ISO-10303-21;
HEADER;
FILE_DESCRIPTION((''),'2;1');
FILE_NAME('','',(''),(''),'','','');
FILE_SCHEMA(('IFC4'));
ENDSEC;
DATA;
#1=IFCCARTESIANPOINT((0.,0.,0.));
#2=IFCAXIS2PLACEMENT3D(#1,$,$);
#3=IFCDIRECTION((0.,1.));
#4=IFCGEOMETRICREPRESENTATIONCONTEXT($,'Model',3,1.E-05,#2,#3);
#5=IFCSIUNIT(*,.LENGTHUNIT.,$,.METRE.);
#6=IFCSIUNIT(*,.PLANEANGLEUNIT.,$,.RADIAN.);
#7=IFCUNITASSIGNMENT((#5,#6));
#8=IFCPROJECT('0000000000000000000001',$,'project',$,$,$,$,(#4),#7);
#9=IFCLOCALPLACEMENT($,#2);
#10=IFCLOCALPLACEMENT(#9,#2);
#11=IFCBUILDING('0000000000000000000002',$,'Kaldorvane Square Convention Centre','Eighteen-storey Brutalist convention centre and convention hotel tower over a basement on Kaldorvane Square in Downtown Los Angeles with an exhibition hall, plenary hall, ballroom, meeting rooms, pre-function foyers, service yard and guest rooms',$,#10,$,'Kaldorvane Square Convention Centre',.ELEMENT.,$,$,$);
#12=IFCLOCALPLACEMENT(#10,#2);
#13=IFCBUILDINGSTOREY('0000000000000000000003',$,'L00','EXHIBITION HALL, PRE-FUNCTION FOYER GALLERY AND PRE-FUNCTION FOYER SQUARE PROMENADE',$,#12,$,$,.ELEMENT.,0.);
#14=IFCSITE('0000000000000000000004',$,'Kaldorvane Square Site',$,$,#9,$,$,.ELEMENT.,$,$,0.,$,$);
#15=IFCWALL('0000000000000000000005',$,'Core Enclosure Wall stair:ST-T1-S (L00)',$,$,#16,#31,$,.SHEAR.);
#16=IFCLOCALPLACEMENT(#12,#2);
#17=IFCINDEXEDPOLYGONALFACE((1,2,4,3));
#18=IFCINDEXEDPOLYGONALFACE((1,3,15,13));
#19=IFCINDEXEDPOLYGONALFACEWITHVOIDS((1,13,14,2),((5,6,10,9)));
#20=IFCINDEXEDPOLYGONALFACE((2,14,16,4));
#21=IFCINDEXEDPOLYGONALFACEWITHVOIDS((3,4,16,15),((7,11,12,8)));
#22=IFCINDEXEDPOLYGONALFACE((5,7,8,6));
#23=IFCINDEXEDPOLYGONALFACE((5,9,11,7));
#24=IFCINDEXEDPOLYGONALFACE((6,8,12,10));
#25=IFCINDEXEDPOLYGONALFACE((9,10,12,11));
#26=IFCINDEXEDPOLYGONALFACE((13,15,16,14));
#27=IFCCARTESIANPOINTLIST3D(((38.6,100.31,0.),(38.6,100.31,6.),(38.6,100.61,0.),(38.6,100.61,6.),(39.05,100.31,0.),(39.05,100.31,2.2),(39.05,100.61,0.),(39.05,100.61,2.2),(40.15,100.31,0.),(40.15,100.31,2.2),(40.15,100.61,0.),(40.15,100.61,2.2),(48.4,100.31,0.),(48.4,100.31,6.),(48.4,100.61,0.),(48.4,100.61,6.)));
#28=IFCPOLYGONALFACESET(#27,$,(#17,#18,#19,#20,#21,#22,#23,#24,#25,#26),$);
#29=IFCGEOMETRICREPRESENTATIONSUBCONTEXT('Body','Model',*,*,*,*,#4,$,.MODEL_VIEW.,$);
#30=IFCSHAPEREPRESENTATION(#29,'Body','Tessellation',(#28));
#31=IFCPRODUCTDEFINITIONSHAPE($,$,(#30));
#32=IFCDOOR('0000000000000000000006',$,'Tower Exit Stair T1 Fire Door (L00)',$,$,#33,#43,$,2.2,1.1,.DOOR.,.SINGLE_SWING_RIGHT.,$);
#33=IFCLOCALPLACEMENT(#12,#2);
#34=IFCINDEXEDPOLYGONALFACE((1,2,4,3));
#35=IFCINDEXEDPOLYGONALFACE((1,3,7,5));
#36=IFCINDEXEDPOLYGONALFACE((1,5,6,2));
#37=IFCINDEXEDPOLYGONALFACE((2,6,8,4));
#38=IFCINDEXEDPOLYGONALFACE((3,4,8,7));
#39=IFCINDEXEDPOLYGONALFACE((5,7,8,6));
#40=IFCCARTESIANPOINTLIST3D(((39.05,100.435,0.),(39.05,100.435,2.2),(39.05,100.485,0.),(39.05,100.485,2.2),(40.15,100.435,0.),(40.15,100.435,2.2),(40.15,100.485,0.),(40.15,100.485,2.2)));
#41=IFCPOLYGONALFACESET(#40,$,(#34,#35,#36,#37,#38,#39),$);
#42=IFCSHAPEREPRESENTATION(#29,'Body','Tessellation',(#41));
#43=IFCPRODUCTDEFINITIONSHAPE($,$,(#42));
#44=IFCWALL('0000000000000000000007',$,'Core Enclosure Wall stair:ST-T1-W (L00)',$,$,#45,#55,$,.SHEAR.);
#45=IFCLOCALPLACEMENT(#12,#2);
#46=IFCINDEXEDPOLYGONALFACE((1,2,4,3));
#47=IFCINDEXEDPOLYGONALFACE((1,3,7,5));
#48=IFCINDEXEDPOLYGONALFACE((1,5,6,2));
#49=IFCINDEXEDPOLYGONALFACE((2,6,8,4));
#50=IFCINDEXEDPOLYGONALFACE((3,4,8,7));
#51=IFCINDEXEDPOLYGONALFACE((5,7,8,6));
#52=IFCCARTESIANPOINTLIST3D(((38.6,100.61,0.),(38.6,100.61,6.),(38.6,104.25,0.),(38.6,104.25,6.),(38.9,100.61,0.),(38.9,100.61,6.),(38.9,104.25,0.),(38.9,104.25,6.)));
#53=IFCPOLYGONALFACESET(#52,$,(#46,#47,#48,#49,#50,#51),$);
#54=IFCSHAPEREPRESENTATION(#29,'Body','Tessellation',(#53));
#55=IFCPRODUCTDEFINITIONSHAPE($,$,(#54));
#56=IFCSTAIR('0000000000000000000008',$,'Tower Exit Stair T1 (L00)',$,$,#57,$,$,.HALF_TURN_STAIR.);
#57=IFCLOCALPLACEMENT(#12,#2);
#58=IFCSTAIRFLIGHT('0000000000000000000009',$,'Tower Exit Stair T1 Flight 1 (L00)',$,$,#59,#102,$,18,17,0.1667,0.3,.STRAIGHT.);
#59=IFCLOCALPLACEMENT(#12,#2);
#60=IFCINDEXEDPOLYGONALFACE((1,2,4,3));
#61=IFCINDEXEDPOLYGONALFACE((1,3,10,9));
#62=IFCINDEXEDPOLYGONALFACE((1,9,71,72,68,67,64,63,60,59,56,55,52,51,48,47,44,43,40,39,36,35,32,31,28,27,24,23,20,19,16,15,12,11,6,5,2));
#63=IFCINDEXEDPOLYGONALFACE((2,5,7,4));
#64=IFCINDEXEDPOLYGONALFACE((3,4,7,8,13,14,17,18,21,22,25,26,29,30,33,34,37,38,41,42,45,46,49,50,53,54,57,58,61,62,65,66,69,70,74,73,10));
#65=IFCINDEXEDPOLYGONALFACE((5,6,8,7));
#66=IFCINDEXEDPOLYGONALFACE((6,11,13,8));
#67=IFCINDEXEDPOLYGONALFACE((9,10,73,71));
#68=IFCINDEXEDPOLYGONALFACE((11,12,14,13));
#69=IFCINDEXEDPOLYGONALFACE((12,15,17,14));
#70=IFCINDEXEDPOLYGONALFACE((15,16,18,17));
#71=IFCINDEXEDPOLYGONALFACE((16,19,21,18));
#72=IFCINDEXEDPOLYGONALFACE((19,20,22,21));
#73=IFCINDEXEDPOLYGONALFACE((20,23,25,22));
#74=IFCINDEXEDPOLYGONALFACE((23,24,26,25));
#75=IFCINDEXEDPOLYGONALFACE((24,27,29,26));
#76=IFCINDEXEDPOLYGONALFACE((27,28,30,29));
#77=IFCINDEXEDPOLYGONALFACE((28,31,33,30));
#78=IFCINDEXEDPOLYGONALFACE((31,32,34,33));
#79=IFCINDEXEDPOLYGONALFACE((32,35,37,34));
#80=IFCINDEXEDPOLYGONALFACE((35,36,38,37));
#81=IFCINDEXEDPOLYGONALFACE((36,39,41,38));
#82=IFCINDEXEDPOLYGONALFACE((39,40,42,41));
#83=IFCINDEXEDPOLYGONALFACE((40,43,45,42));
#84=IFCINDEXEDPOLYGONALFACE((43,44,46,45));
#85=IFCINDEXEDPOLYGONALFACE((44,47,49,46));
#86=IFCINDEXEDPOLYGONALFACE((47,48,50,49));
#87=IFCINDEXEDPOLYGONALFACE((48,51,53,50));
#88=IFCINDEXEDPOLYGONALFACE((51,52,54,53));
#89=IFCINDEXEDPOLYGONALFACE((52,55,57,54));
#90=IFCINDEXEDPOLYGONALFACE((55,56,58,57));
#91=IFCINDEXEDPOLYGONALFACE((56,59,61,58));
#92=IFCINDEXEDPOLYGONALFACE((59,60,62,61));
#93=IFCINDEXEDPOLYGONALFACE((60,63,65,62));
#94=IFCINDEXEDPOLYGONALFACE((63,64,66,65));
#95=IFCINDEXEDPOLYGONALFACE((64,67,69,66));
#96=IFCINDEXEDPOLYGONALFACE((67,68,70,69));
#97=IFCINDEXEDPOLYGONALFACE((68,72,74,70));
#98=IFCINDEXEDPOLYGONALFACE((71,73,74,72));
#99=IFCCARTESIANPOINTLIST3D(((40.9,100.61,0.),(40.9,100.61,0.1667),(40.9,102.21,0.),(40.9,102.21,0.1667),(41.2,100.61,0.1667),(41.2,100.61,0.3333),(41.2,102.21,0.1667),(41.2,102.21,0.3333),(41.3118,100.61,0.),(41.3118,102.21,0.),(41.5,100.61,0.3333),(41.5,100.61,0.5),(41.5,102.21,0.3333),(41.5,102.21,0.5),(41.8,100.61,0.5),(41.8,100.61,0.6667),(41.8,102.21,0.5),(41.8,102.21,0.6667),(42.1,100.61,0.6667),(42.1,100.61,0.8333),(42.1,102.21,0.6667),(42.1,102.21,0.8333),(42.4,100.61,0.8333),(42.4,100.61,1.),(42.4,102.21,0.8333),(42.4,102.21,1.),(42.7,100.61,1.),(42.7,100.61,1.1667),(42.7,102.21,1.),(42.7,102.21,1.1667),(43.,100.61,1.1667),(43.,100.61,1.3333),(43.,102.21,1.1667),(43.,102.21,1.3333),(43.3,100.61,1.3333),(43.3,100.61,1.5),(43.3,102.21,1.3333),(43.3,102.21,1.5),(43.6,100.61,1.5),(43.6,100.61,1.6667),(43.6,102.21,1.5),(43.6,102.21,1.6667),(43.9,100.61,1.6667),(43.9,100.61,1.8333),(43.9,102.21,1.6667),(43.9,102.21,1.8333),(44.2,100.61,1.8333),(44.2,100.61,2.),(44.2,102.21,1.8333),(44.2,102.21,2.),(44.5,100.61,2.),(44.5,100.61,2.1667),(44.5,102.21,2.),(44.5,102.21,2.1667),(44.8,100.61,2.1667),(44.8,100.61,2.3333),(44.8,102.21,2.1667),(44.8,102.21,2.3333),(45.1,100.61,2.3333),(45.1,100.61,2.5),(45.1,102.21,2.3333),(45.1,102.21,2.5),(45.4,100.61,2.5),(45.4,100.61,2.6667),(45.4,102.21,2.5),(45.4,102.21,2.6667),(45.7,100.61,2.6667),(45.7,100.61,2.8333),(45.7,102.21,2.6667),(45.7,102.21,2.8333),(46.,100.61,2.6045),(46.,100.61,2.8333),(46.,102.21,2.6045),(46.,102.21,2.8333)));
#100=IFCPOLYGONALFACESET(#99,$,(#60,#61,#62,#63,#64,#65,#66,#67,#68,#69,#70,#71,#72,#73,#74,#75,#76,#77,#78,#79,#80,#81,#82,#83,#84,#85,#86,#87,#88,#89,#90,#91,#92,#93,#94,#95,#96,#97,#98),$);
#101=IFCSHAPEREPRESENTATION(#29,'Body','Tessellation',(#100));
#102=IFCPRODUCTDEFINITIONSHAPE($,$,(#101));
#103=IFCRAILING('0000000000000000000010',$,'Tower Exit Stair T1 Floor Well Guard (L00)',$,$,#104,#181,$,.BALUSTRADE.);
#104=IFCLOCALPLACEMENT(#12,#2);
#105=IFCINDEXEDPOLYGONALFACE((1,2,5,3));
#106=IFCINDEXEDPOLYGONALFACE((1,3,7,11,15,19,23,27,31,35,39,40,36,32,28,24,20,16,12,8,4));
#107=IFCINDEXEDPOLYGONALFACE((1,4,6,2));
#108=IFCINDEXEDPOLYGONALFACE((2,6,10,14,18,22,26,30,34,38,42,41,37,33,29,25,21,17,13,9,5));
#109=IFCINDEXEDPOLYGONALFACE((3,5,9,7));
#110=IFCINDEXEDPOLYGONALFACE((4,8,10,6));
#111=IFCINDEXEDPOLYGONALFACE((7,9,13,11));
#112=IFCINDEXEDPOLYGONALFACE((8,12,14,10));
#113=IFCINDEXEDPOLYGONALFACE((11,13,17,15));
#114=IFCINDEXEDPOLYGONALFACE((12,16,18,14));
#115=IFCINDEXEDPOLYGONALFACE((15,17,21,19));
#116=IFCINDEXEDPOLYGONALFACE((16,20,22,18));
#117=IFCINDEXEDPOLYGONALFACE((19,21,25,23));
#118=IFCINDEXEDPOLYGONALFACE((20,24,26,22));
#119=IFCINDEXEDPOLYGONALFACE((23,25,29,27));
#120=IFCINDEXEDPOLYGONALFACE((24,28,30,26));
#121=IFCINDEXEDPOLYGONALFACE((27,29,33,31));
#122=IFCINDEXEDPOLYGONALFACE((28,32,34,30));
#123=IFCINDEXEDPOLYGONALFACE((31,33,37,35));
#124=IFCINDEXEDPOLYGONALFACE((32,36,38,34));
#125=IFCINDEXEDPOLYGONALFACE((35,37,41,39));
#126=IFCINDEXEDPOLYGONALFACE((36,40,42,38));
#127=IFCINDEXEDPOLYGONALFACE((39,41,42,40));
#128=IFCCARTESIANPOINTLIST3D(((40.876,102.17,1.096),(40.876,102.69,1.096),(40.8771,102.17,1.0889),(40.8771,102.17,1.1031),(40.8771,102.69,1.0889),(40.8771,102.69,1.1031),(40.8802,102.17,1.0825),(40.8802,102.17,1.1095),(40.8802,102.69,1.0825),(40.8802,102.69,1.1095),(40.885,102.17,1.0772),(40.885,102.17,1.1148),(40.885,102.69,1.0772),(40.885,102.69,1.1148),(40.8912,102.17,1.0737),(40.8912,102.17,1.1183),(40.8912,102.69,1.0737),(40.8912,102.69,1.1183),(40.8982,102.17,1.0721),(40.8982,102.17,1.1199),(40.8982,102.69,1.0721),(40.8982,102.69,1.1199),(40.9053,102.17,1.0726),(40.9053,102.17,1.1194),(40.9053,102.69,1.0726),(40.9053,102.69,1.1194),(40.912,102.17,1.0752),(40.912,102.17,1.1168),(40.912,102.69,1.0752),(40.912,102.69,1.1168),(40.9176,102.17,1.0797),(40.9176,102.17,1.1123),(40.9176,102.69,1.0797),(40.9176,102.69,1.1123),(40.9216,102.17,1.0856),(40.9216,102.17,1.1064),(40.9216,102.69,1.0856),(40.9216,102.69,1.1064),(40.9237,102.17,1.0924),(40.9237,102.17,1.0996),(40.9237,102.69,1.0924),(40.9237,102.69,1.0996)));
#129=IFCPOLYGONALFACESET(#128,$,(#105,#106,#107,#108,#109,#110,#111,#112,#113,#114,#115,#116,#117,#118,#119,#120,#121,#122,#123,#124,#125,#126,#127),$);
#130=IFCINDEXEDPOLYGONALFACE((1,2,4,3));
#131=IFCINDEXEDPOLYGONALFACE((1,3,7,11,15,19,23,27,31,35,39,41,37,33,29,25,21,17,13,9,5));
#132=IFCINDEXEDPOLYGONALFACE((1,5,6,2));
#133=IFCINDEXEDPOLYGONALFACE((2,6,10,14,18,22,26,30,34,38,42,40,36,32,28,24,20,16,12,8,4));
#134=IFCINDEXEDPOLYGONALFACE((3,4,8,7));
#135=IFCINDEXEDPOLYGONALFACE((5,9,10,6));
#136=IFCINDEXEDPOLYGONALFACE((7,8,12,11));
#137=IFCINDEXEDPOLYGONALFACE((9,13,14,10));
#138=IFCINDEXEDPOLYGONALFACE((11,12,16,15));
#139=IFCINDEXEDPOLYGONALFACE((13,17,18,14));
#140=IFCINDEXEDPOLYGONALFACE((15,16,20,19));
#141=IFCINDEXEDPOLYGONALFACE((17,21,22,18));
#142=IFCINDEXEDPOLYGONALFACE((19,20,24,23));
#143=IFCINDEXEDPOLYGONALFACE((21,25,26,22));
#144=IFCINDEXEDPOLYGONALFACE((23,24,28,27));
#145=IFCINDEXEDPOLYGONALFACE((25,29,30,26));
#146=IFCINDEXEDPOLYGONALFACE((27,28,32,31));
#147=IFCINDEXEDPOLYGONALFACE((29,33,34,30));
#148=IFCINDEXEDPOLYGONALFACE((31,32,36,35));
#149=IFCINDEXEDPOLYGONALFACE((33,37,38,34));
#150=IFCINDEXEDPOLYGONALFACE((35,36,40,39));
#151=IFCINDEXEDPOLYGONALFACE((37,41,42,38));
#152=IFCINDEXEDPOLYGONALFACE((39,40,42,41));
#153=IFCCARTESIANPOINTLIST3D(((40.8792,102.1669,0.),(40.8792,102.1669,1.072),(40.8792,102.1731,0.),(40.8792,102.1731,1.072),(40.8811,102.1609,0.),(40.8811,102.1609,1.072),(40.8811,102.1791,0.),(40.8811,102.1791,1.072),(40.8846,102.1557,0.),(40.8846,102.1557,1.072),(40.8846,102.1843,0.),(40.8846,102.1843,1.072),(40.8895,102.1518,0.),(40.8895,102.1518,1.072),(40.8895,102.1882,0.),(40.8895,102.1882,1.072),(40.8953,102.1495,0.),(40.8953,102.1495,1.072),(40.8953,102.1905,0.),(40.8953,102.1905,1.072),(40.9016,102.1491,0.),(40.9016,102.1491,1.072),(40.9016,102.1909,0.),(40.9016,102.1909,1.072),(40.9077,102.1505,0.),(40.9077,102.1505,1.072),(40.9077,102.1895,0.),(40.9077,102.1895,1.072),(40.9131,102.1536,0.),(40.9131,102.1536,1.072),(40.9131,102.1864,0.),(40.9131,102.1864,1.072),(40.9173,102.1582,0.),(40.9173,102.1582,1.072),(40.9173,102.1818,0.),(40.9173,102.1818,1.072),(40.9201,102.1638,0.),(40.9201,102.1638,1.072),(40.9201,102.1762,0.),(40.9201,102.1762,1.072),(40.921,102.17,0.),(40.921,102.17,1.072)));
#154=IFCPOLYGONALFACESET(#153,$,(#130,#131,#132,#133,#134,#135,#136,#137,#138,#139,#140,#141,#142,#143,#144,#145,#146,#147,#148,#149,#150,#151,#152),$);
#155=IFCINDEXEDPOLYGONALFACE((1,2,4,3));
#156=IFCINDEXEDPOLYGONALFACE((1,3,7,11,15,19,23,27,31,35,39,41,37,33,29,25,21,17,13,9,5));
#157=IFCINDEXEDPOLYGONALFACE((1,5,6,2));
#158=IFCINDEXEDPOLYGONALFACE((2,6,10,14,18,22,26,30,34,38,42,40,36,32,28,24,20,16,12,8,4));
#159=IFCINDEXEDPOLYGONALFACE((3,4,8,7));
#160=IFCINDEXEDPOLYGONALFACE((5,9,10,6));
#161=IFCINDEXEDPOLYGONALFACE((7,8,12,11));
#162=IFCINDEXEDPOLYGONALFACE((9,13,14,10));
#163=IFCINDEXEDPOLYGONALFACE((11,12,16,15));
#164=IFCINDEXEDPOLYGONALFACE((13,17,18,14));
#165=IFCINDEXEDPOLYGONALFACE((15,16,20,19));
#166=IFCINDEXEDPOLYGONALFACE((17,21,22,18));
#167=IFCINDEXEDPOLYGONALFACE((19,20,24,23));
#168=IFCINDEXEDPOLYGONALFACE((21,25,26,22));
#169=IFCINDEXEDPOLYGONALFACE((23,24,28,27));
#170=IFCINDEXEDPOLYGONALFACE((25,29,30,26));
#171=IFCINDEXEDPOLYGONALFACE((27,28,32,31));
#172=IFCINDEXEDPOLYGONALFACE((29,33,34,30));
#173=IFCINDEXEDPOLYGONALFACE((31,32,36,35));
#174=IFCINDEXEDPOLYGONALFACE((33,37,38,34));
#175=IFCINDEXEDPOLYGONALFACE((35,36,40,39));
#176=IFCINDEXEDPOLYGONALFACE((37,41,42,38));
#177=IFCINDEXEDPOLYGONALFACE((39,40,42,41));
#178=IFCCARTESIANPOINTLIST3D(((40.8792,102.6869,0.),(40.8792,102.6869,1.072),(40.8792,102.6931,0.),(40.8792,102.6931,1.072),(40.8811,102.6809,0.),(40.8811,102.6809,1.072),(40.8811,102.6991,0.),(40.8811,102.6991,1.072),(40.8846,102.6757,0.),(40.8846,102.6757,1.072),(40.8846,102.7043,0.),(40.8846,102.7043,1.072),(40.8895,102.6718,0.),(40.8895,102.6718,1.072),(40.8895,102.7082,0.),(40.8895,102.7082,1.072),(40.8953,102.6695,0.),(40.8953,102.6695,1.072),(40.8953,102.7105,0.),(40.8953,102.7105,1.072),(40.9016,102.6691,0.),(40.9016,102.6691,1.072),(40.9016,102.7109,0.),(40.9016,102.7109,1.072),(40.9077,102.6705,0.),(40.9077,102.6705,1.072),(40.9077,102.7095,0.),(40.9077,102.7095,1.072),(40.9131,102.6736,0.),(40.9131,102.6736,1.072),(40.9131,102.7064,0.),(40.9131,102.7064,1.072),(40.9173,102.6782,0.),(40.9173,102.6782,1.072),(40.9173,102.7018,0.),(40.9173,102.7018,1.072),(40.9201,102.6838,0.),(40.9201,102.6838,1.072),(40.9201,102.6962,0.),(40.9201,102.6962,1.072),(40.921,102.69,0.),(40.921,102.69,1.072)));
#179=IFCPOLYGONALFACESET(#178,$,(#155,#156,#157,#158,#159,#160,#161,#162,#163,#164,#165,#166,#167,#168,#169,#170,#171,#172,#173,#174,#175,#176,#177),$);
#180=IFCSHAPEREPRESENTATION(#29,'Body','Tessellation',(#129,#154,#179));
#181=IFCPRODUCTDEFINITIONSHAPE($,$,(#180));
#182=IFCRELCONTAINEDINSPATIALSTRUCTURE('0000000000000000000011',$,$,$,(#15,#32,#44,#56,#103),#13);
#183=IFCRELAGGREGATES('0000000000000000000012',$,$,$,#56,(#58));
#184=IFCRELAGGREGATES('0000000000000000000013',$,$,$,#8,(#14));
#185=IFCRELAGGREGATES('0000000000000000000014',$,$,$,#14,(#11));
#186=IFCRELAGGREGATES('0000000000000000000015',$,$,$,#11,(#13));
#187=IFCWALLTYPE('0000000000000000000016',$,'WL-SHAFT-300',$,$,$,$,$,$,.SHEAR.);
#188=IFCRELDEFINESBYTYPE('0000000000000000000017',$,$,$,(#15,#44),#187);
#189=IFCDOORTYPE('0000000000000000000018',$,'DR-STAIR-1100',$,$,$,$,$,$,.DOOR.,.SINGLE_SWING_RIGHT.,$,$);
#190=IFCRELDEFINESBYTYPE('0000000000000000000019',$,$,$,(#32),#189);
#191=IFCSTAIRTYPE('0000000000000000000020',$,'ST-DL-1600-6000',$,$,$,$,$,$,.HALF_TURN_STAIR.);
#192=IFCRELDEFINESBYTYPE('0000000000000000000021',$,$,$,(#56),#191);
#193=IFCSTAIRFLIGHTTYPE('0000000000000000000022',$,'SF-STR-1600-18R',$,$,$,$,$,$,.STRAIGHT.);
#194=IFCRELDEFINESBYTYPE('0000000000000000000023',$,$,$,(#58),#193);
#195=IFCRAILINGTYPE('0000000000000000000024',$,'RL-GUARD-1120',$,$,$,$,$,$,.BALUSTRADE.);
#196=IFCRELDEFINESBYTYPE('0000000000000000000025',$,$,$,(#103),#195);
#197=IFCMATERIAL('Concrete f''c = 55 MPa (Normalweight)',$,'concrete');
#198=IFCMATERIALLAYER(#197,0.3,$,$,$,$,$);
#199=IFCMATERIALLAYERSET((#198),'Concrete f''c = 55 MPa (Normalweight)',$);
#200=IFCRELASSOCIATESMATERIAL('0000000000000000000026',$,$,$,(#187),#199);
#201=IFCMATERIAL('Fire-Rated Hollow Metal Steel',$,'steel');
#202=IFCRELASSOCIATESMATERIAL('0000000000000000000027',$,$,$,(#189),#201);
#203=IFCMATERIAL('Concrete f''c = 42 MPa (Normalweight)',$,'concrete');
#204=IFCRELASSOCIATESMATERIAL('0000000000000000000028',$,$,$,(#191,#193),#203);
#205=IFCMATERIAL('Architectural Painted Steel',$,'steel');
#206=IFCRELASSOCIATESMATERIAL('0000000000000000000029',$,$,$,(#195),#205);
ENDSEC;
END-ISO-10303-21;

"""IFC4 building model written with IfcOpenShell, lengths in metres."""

from ifc_helpers import new_model, si_unit, direction, frame, frame_2d, origin, origin_2d, place, context, subcontext, project, spatial, polyline, rectangle, circle, outline, extrude, material, layer, layer_set, type_object, element, fill, aggregate, save


model = new_model("IFC4")

# Units and contexts
model_context = context("Model", 3, precision=1e-05, world=origin(), true_north=direction((0.0, 1.0)))
body_context = subcontext(model_context, "Body", "Model", "MODEL_VIEW")
ifc_project = project(units=[si_unit("LENGTHUNIT", "METRE"), si_unit("PLANEANGLEUNIT", "RADIAN")], contexts=[model_context])

# Site, building, storey
site_placement = place(None, origin())
site = spatial("IfcSite", under=ifc_project, at=site_placement, Name="Kaldorvane Square Site", CompositionType="ELEMENT", RefElevation=0.0)
building_placement = place(site_placement, origin())
building = spatial("IfcBuilding", under=site, at=building_placement, Name="Kaldorvane Square Convention Centre", Description="Eighteen-storey Brutalist convention centre and convention hotel tower over a basement on Kaldorvane Square in Downtown Los Angeles with an exhibition hall, plenary hall, ballroom, meeting rooms, pre-function foyers, service yard and guest rooms", LongName="Kaldorvane Square Convention Centre", CompositionType="ELEMENT")
storey_placement = place(building_placement, origin())
storey = spatial("IfcBuildingStorey", under=building, at=storey_placement, Name="L00", Description="EXHIBITION HALL, PRE-FUNCTION FOYER GALLERY AND PRE-FUNCTION FOYER SQUARE PROMENADE", CompositionType="ELEMENT", Elevation=0.0)

# Wall, opening, door
ifc_material_1 = material(Name="Concrete f'c = 55 MPa (Normalweight)", Category="concrete")
ifc_layer = layer(ifc_material_1, 0.3)
ifc_layer_set = layer_set([ifc_layer], Name="Concrete f'c = 55 MPa (Normalweight)")
wall_type = type_object("IfcWallType", Name="WL-SHAFT-300", PredefinedType="SHEAR", material=ifc_layer_set)
wall_1_placement = place(storey_placement, frame((38.6, 100.46, 0.0), z_axis=(0.0, 0.0, 1.0), x_axis=(1.0, 0.0, 0.0)))
wall_1 = element("IfcWall", 1, at=wall_1_placement, inside=storey, type_object=wall_type, Name="Core Enclosure Wall stair:ST-T1-S (L00)", PredefinedType="SHEAR", context=body_context, shape_type="SweptSolid", body=[
    extrude(rectangle(XDim=9.8, YDim=0.3, at=frame_2d((4.9, 0.0))), origin(), (0.0, 0.0, 1.0), 6.0),
])
opening_placement = place(wall_1_placement, frame((0.45, 0.0, 0.0)))
opening = element("IfcOpeningElement", 2, at=opening_placement, cuts=wall_1, PredefinedType="OPENING", context=body_context, shape_type="SweptSolid", body=[
    extrude(rectangle(XDim=1.1, YDim=2.2, at=frame_2d((0.55, 1.1))), frame((0.0, 0.165, 0.0), z_axis=(0.0, -1.0, 0.0), x_axis=(1.0, 0.0, 0.0)), (0.0, 0.0, 1.0), 0.33),
])
ifc_material_2 = material(Name="Fire-Rated Hollow Metal Steel", Category="steel")
door_type = type_object("IfcDoorType", Name="DR-STAIR-1100", OperationType="SINGLE_SWING_RIGHT", PredefinedType="DOOR", material=ifc_material_2)
door_placement = place(opening_placement, origin())
door = element("IfcDoor", 3, at=door_placement, inside=storey, type_object=door_type, Name="Tower Exit Stair T1 Fire Door (L00)", OperationType="SINGLE_SWING_RIGHT", OverallHeight=2.2, OverallWidth=1.1, PredefinedType="DOOR", context=body_context, shape_type="SweptSolid", body=[
    extrude(rectangle(XDim=1.1, YDim=2.2, at=frame_2d((0.55, 1.1))), frame((0.0, 0.025, 0.0), z_axis=(0.0, -1.0, 0.0), x_axis=(1.0, 0.0, 0.0)), (0.0, 0.0, 1.0), 0.05),
])
fill(opening, door)

# Wall
wall_2_placement = place(storey_placement, frame((38.75, 104.25, 0.0), z_axis=(0.0, 0.0, 1.0), x_axis=(0.0, -1.0, 0.0)))
element("IfcWall", 4, at=wall_2_placement, inside=storey, type_object=wall_type, Name="Core Enclosure Wall stair:ST-T1-W (L00)", PredefinedType="SHEAR", context=body_context, shape_type="SweptSolid", body=[
    extrude(rectangle(XDim=3.64, YDim=0.3, at=frame_2d((1.82, 0.0))), origin(), (0.0, 0.0, 1.0), 6.0),
])

# Stair, stair flight
ifc_material_3 = material(Name="Concrete f'c = 42 MPa (Normalweight)", Category="concrete")
stair_type = type_object("IfcStairType", Name="ST-DL-1600-6000", PredefinedType="HALF_TURN_STAIR", material=ifc_material_3)
stair_placement = place(storey_placement, origin())
stair = element("IfcStair", 5, at=stair_placement, inside=storey, type_object=stair_type, Name="Tower Exit Stair T1 (L00)", PredefinedType="HALF_TURN_STAIR")
stair_flight_type = type_object("IfcStairFlightType", Name="SF-STR-1600-18R", PredefinedType="STRAIGHT", material=ifc_material_3)
stair_flight_placement = place(storey_placement, frame((40.9, 101.41, 0.0), z_axis=(0.0, 0.0, 1.0), x_axis=(1.0, 0.0, 0.0)))
stair_flight = element("IfcStairFlight", 6, at=stair_flight_placement, type_object=stair_flight_type, Name="Tower Exit Stair T1 Flight 1 (L00)", NumberOfRisers=18, NumberOfTreads=17, PredefinedType="STRAIGHT", RiserHeight=0.1667, TreadLength=0.3, context=body_context, shape_type="SweptSolid", body=[
    extrude(outline(polyline([(0.0, 0.0), (0.0, 0.1667), (0.3, 0.1667), (0.3, 0.3333), (0.6, 0.3333), (0.6, 0.5), (0.9, 0.5), (0.9, 0.6667), (1.2, 0.6667), (1.2, 0.8333), (1.5, 0.8333), (1.5, 1.0), (1.8, 1.0), (1.8, 1.1667), (2.1, 1.1667), (2.1, 1.3333), (2.4, 1.3333), (2.4, 1.5), (2.7, 1.5), (2.7, 1.6667), (3.0, 1.6667), (3.0, 1.8333), (3.3, 1.8333), (3.3, 2.0), (3.6, 2.0), (3.6, 2.1667), (3.9, 2.1667), (3.9, 2.3333), (4.2, 2.3333), (4.2, 2.5), (4.5, 2.5), (4.5, 2.6667), (4.8, 2.6667), (4.8, 2.8333), (5.1, 2.8333), (5.1, 3.0), (5.1, 2.6045), (0.4118, 0.0), (0.0, 0.0)])), frame((0.0, 0.8, 0.0), z_axis=(0.0, -1.0, 0.0), x_axis=(1.0, 0.0, 0.0)), (0.0, 0.0, 1.0), 1.6),
])
aggregate(stair, [stair_flight])

# Railing
ifc_material_4 = material(Name="Architectural Painted Steel", Category="steel")
railing_type_1 = type_object("IfcRailingType", Name="RL-GUARD-1120", PredefinedType="BALUSTRADE", material=ifc_material_4)
railing_1_placement = place(storey_placement, frame((40.9, 102.17, 0.0)))
element("IfcRailing", 7, at=railing_1_placement, inside=storey, type_object=railing_type_1, Name="Tower Exit Stair T1 Floor Well Guard (L00)", PredefinedType="BALUSTRADE", context=body_context, shape_type="SweptSolid", body=[
    extrude(circle(Radius=0.024, at=origin_2d()), frame((0.0, 0.0, 1.096), z_axis=(0.0, 1.0, 0.0), x_axis=(-1.0, 0.0, 0.0)), (0.0, 0.0, 1.0), 0.52),
    extrude(circle(Radius=0.021, at=origin_2d()), origin(), (0.0, 0.0, 1.0), 1.072),
    extrude(circle(Radius=0.021, at=origin_2d()), frame((0.0, 0.52, 0.0)), (0.0, 0.0, 1.0), 1.072),
])

save(model, "model.ifc")
